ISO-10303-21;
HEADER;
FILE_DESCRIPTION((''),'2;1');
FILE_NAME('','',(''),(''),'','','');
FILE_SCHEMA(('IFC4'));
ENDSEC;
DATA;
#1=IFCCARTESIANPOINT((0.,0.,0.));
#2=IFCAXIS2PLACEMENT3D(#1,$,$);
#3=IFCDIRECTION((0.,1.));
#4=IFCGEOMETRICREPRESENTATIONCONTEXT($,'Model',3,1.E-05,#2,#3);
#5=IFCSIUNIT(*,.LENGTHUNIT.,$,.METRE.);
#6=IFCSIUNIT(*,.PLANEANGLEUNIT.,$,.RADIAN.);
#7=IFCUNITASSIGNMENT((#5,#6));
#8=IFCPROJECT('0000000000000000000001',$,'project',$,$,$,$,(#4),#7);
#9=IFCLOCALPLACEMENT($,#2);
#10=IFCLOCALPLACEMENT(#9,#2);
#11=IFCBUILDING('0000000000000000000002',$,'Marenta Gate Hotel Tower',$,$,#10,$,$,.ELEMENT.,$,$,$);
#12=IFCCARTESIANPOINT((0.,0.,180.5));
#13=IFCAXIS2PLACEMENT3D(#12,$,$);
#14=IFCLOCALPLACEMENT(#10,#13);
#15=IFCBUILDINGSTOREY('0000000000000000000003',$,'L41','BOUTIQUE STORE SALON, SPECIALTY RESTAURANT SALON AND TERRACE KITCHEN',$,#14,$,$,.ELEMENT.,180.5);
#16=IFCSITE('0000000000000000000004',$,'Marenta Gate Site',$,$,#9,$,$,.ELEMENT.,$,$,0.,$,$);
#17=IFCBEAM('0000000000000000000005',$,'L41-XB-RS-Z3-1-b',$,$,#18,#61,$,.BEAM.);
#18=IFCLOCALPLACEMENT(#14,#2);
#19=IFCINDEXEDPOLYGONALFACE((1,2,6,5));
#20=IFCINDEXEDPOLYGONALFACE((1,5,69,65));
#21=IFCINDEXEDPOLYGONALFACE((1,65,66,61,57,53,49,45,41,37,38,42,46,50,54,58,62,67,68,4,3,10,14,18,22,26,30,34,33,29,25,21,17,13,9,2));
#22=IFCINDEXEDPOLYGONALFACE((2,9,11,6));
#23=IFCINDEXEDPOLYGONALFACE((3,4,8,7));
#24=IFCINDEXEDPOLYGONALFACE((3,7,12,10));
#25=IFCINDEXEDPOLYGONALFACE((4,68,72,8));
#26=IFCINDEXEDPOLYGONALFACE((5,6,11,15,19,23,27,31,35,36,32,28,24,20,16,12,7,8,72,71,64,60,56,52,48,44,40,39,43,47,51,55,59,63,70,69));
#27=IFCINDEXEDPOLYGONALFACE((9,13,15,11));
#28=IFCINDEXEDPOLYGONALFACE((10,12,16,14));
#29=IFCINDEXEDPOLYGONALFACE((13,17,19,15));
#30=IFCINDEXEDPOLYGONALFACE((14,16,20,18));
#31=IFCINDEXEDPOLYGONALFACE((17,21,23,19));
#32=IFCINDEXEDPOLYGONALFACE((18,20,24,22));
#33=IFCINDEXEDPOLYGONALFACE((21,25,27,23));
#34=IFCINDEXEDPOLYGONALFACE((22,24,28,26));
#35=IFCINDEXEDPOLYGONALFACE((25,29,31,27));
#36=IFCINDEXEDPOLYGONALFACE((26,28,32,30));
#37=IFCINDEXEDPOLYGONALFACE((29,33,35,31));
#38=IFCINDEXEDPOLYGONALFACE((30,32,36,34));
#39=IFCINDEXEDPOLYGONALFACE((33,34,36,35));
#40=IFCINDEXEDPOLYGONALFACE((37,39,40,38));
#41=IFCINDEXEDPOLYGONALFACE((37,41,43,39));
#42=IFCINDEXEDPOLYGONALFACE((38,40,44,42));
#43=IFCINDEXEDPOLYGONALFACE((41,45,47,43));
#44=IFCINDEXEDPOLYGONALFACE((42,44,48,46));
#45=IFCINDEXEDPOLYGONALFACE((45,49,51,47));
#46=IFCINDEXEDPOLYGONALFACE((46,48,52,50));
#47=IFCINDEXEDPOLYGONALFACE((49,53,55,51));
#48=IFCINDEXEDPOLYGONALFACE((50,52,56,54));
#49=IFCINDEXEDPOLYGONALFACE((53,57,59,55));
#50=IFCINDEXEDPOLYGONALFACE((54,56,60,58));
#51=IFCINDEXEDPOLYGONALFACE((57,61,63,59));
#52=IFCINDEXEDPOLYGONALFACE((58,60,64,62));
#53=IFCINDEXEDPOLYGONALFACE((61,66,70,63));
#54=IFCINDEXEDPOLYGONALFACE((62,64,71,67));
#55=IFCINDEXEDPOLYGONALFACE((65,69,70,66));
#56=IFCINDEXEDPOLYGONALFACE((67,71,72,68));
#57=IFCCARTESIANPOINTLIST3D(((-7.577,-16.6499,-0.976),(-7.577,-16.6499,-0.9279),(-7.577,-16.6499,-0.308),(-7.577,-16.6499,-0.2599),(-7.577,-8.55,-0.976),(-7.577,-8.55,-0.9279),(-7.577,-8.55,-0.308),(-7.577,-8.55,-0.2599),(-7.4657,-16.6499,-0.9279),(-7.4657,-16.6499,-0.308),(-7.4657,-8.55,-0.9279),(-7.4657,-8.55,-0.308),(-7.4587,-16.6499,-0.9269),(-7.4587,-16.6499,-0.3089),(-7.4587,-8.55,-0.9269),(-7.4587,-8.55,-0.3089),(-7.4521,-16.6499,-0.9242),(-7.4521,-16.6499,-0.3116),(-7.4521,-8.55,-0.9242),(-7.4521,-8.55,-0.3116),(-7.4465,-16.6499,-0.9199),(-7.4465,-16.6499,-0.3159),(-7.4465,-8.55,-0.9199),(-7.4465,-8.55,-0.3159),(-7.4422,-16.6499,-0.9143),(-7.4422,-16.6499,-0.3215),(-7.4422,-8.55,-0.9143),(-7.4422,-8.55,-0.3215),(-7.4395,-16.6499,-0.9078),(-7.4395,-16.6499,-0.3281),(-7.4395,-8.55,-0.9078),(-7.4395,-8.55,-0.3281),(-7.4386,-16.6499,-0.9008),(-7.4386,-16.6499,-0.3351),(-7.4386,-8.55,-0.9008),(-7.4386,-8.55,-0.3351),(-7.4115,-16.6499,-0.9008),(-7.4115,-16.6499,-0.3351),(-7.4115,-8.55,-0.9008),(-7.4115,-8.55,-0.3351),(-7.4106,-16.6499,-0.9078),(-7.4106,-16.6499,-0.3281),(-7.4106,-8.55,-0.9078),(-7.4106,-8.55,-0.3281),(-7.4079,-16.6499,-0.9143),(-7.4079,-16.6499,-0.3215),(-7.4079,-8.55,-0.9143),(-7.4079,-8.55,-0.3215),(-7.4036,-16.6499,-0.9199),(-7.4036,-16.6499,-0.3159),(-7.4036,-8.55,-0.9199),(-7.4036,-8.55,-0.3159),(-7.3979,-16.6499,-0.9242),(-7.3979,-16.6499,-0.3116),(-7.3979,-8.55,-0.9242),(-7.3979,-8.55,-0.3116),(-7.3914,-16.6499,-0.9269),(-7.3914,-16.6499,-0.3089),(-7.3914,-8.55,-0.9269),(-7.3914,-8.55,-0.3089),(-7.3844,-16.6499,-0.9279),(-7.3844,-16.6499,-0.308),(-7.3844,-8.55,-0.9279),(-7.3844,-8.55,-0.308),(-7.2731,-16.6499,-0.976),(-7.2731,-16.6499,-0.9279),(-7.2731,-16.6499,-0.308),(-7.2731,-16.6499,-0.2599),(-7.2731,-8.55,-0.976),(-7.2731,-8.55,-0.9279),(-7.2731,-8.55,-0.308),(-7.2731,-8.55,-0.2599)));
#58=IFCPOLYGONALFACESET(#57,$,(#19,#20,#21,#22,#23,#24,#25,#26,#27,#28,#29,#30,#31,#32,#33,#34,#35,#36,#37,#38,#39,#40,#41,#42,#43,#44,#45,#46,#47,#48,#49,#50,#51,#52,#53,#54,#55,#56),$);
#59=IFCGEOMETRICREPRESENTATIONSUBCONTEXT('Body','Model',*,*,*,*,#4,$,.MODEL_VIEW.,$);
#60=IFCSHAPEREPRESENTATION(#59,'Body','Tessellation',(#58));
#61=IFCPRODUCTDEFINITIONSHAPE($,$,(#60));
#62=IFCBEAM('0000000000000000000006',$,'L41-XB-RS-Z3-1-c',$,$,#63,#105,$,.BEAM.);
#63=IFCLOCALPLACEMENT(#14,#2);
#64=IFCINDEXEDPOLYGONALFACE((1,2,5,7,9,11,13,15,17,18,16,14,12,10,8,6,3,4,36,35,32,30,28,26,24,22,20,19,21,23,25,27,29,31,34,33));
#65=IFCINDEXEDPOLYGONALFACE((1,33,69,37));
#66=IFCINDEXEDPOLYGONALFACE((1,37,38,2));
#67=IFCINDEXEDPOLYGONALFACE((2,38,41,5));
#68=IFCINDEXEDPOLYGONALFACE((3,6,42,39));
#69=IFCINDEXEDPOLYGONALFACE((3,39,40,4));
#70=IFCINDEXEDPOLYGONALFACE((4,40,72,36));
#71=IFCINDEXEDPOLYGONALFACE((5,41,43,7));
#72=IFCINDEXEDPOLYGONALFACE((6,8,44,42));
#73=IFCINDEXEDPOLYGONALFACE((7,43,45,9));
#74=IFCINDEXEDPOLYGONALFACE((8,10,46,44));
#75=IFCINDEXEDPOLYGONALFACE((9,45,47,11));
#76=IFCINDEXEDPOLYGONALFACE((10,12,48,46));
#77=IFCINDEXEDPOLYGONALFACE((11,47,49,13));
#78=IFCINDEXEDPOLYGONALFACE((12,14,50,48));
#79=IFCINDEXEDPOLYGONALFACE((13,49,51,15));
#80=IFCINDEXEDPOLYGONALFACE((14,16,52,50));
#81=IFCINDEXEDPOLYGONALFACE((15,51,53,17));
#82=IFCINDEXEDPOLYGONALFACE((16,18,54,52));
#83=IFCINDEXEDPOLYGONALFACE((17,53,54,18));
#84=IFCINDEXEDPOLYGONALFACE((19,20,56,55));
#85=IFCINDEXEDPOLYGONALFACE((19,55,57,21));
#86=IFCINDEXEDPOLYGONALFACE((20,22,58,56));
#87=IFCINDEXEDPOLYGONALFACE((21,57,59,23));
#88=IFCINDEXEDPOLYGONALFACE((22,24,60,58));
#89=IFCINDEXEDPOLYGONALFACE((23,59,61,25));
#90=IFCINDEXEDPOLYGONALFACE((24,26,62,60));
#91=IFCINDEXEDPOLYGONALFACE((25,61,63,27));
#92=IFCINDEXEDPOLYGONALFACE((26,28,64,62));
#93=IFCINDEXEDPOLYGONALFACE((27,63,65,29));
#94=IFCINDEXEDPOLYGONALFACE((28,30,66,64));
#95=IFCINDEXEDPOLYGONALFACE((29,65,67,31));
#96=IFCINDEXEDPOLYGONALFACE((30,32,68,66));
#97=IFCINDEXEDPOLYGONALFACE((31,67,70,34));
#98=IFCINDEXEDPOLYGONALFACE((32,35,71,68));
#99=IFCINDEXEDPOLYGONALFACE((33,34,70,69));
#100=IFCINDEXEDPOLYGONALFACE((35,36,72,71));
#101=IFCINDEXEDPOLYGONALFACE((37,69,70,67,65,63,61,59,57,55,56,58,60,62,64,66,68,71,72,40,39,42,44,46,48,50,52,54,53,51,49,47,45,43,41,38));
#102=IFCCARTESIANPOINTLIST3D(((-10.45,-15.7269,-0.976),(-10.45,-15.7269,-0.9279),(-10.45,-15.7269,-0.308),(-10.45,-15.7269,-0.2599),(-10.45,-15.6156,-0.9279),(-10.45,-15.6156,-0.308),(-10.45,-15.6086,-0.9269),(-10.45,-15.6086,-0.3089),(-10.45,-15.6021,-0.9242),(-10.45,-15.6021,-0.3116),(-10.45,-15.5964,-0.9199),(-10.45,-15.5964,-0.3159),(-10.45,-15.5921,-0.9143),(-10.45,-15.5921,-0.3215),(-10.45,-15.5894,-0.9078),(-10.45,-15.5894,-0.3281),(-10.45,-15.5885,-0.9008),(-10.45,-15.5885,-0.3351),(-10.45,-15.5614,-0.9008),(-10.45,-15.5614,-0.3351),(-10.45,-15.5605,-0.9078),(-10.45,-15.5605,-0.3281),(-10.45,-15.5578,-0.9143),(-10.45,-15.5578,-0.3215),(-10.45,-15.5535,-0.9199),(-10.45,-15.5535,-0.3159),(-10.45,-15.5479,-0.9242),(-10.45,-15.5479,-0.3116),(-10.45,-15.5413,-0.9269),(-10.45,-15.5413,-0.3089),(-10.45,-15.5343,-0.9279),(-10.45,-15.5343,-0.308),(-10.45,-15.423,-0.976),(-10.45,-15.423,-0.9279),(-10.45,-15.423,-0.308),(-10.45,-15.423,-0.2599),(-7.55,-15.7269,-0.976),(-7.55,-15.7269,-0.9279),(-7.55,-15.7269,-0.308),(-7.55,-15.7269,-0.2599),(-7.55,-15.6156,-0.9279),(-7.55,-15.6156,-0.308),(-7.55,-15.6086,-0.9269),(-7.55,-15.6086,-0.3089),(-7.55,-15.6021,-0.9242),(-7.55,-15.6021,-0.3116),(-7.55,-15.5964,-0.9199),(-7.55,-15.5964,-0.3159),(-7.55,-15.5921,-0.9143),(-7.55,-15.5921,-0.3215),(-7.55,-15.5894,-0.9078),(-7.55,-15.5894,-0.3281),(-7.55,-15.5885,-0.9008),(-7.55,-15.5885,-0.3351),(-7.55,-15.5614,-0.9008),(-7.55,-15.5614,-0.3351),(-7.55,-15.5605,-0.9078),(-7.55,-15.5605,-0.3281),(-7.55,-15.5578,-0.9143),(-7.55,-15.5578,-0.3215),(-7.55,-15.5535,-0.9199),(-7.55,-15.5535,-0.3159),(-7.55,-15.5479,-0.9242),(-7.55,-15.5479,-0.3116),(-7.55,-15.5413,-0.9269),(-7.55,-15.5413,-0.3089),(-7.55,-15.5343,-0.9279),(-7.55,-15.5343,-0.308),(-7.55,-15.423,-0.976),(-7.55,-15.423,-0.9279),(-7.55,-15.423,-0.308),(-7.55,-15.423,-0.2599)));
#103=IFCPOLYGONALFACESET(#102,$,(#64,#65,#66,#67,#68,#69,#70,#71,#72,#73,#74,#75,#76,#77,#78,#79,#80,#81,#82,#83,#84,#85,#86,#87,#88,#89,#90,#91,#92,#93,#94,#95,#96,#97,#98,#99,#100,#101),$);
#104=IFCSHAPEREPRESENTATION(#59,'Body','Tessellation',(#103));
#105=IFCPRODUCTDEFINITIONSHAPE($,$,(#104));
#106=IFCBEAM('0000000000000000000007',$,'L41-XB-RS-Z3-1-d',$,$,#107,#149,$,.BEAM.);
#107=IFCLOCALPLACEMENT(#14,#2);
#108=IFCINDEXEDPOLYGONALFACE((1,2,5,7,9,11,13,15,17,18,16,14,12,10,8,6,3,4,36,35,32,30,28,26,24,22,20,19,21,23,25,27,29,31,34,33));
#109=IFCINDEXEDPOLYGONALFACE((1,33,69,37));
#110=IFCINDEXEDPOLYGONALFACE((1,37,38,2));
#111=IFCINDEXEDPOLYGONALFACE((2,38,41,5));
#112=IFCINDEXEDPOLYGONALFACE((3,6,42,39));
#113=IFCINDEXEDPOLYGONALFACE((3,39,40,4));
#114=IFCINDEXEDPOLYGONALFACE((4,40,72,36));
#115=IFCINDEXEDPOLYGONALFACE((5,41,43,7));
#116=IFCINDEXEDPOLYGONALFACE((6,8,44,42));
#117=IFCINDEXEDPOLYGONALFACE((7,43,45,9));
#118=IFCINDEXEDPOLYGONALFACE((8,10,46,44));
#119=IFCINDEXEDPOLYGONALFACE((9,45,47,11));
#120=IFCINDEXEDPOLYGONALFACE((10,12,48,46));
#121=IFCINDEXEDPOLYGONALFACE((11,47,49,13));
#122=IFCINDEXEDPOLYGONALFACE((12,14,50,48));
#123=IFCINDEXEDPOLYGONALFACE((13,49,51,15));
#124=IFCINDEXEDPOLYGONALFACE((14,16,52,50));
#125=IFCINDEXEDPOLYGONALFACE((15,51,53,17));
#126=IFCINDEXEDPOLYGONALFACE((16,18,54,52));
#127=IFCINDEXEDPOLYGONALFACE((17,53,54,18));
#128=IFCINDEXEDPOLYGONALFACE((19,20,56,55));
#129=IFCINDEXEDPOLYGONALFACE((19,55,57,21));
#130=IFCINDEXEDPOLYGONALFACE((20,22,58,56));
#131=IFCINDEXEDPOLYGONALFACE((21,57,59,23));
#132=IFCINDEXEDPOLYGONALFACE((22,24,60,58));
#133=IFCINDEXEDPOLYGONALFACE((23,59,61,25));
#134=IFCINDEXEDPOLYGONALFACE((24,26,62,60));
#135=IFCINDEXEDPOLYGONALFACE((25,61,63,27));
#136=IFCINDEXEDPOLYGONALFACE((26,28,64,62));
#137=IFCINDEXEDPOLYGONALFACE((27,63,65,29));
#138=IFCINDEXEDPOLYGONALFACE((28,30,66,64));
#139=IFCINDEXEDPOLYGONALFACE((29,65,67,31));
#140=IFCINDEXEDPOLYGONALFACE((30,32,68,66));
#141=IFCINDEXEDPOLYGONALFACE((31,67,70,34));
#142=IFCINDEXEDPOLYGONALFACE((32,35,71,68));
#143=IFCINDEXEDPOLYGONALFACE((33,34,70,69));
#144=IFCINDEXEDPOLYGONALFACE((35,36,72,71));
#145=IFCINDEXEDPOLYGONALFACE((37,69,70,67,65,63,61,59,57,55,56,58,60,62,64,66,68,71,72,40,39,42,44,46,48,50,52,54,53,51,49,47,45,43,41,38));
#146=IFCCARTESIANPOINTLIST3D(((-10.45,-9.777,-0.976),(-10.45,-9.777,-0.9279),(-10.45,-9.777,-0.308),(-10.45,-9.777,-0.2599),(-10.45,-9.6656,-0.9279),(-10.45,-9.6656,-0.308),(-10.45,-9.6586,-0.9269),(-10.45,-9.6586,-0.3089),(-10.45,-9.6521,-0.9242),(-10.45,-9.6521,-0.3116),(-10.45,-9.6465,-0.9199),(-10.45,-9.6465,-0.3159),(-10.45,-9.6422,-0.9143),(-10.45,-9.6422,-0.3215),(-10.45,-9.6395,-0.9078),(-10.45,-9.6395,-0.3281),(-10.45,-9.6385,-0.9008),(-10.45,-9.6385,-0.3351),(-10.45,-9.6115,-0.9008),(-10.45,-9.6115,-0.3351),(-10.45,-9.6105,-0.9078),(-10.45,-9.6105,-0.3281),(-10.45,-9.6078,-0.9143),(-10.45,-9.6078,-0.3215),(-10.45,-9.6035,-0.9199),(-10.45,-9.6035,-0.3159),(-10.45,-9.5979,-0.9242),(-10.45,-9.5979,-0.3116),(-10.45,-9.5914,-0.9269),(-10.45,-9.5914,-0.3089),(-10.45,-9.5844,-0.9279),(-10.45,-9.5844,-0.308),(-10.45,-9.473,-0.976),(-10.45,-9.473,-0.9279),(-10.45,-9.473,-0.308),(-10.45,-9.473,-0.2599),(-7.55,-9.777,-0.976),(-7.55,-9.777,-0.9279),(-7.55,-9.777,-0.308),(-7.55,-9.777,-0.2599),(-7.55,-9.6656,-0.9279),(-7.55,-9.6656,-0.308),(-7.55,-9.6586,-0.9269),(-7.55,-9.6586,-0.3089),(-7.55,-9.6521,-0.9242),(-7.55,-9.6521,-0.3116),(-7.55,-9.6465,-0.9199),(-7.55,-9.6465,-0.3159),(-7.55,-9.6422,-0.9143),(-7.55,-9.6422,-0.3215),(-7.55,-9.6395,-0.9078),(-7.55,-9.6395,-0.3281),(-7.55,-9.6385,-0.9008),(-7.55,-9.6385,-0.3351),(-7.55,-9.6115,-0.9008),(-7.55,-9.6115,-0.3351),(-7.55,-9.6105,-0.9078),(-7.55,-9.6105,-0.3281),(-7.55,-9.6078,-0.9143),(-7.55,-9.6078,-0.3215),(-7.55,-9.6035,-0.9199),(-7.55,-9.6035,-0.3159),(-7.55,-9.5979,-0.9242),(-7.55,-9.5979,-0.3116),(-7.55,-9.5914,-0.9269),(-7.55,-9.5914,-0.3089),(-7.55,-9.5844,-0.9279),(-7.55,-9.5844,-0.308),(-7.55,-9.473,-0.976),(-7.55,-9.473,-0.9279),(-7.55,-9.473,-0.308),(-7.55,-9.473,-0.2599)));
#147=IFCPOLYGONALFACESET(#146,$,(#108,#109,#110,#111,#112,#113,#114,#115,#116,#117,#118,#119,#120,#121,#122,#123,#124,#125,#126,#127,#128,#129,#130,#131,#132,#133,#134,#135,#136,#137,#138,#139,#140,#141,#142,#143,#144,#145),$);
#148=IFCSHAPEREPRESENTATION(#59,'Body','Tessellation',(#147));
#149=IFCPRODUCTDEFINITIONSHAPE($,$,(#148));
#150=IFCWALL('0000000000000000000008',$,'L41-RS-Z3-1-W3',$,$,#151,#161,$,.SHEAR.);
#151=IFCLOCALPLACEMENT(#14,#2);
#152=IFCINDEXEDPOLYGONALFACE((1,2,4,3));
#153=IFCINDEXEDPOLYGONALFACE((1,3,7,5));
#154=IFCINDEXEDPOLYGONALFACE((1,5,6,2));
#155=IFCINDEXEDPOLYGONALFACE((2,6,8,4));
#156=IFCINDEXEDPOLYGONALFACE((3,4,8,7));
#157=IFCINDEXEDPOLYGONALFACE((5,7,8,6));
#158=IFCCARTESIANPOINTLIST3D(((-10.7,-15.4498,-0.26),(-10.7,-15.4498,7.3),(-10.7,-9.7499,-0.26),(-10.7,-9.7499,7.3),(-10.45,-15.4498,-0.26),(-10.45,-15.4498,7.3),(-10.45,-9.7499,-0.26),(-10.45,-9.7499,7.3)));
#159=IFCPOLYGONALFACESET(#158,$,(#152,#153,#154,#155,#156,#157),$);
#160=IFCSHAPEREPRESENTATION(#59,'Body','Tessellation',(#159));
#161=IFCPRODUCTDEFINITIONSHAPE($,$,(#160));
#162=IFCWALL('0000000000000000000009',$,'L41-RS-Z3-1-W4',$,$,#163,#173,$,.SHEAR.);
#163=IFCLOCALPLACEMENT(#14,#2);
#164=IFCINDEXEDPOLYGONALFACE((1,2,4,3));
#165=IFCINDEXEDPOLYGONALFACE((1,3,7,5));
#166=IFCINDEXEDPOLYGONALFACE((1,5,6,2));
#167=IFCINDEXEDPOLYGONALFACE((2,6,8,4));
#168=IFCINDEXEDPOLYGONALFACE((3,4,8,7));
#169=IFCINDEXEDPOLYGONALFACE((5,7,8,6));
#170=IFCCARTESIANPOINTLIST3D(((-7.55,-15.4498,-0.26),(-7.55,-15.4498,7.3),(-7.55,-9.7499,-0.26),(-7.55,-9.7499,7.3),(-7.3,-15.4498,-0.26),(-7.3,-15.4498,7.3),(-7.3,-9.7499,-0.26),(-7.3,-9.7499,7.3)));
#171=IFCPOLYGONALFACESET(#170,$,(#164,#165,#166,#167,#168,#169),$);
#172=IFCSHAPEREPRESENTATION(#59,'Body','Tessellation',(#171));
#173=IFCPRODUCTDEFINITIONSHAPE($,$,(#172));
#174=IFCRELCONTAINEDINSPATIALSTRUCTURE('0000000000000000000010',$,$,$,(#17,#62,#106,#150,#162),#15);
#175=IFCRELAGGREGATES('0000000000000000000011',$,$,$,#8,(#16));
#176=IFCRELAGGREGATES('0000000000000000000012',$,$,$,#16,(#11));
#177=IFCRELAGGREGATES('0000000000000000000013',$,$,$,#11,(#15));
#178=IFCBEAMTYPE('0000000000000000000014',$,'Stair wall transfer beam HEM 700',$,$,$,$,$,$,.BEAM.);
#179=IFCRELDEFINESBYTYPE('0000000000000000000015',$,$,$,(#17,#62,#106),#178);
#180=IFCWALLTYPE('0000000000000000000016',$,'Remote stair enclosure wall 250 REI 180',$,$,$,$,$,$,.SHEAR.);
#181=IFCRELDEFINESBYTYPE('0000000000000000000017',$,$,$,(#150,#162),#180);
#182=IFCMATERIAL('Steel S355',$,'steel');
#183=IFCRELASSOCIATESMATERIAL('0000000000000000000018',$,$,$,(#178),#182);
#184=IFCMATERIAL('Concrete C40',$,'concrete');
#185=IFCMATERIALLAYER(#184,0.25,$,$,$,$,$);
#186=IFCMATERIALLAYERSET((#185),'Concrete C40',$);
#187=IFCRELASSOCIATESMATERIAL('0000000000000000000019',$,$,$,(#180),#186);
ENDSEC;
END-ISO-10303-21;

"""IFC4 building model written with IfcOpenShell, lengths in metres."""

from ifc_helpers import new_model, si_unit, direction, frame, frame_2d, origin, origin_2d, place, context, subcontext, project, spatial, rectangle, i_section, extrude, material, layer, layer_set, material_profile, profile_set, type_object, element, save


model = new_model("IFC4")

# Units and contexts
model_context = context("Model", 3, precision=1e-05, world=origin(), true_north=direction((0.0, 1.0)))
body_context = subcontext(model_context, "Body", "Model", "MODEL_VIEW")
ifc_project = project(units=[si_unit("LENGTHUNIT", "METRE"), si_unit("PLANEANGLEUNIT", "RADIAN")], contexts=[model_context])

# Site, building, storey
site_placement = place(None, origin())
site = spatial("IfcSite", under=ifc_project, at=site_placement, Name="Marenta Gate Site", CompositionType="ELEMENT", RefElevation=0.0)
building_placement = place(site_placement, origin())
building = spatial("IfcBuilding", under=site, at=building_placement, Name="Marenta Gate Hotel Tower", CompositionType="ELEMENT")
storey_placement = place(building_placement, frame((0.0, 0.0, 180.5)))
storey = spatial("IfcBuildingStorey", under=building, at=storey_placement, Name="L41", Description="BOUTIQUE STORE SALON, SPECIALTY RESTAURANT SALON AND TERRACE KITCHEN", CompositionType="ELEMENT", Elevation=180.5)

# Beams
ifc_material_1 = material(Name="Steel S355", Category="steel")
ifc_material_profile_1 = material_profile(ifc_material_1, i_section(OverallWidth=0.304, OverallDepth=0.7161, WebThickness=0.0271, FlangeThickness=0.0481, FilletRadius=0.0271, at=origin_2d()), Name="HEM 700")
ifc_profile_set_1 = profile_set([ifc_material_profile_1], Name="Steel S355")
beam_type_1 = type_object("IfcBeamType", Name="Stair wall transfer beam HEM 700", PredefinedType="BEAM", material=ifc_profile_set_1)
for number, where, z_axis, x_axis, name in (
    (1, (-7.425, -16.6499, -0.6179), (0.0, 1.0, 0.0), (-1.0, 0.0, 0.0), "L41-XB-RS-Z3-1-b"),
):
    element("IfcBeam", number, at=place(storey_placement, frame(where, z_axis=z_axis, x_axis=x_axis)), inside=storey, type_object=beam_type_1, Name=name, PredefinedType="BEAM", context=body_context, shape_type="SweptSolid", body=[
        extrude(i_section(OverallWidth=0.304, OverallDepth=0.7161, WebThickness=0.0271, FlangeThickness=0.0481, FilletRadius=0.0271, at=origin_2d()), origin(), (0.0, 0.0, 1.0), 8.0999),
    ])
for number, where, z_axis, x_axis, name in (
    (2, (-10.45, -15.575, -0.6179), (1.0, 0.0, 0.0), (0.0, 1.0, 0.0), "L41-XB-RS-Z3-1-c"),
    (3, (-10.45, -9.625, -0.6179), (1.0, 0.0, 0.0), (0.0, 1.0, 0.0), "L41-XB-RS-Z3-1-d"),
):
    element("IfcBeam", number, at=place(storey_placement, frame(where, z_axis=z_axis, x_axis=x_axis)), inside=storey, type_object=beam_type_1, Name=name, PredefinedType="BEAM", context=body_context, shape_type="SweptSolid", body=[
        extrude(i_section(OverallWidth=0.304, OverallDepth=0.7161, WebThickness=0.0271, FlangeThickness=0.0481, FilletRadius=0.0271, at=origin_2d()), origin(), (0.0, 0.0, 1.0), 2.8999),
    ])

# Walls
ifc_material_2 = material(Name="Concrete C40", Category="concrete")
ifc_layer_1 = layer(ifc_material_2, 0.25)
ifc_layer_set_1 = layer_set([ifc_layer_1], Name="Concrete C40")
wall_type_1 = type_object("IfcWallType", Name="Remote stair enclosure wall 250 REI 180", PredefinedType="SHEAR", material=ifc_layer_set_1)
for number, where, z_axis, x_axis, name in (
    (4, (-10.575, -15.45, -0.26), (0.0, 0.0, 1.0), (0.0, 1.0, 0.0), "L41-RS-Z3-1-W3"),
    (5, (-7.425, -15.45, -0.26), (0.0, 0.0, 1.0), (0.0, 1.0, 0.0), "L41-RS-Z3-1-W4"),
):
    element("IfcWall", number, at=place(storey_placement, frame(where, z_axis=z_axis, x_axis=x_axis)), inside=storey, type_object=wall_type_1, Name=name, PredefinedType="SHEAR", context=body_context, shape_type="SweptSolid", body=[
        extrude(rectangle(XDim=5.7, YDim=0.25, at=frame_2d((2.8501, 0.0))), origin(), (0.0, 0.0, 1.0), 7.5601),
    ])

save(model, "model.ifc")
